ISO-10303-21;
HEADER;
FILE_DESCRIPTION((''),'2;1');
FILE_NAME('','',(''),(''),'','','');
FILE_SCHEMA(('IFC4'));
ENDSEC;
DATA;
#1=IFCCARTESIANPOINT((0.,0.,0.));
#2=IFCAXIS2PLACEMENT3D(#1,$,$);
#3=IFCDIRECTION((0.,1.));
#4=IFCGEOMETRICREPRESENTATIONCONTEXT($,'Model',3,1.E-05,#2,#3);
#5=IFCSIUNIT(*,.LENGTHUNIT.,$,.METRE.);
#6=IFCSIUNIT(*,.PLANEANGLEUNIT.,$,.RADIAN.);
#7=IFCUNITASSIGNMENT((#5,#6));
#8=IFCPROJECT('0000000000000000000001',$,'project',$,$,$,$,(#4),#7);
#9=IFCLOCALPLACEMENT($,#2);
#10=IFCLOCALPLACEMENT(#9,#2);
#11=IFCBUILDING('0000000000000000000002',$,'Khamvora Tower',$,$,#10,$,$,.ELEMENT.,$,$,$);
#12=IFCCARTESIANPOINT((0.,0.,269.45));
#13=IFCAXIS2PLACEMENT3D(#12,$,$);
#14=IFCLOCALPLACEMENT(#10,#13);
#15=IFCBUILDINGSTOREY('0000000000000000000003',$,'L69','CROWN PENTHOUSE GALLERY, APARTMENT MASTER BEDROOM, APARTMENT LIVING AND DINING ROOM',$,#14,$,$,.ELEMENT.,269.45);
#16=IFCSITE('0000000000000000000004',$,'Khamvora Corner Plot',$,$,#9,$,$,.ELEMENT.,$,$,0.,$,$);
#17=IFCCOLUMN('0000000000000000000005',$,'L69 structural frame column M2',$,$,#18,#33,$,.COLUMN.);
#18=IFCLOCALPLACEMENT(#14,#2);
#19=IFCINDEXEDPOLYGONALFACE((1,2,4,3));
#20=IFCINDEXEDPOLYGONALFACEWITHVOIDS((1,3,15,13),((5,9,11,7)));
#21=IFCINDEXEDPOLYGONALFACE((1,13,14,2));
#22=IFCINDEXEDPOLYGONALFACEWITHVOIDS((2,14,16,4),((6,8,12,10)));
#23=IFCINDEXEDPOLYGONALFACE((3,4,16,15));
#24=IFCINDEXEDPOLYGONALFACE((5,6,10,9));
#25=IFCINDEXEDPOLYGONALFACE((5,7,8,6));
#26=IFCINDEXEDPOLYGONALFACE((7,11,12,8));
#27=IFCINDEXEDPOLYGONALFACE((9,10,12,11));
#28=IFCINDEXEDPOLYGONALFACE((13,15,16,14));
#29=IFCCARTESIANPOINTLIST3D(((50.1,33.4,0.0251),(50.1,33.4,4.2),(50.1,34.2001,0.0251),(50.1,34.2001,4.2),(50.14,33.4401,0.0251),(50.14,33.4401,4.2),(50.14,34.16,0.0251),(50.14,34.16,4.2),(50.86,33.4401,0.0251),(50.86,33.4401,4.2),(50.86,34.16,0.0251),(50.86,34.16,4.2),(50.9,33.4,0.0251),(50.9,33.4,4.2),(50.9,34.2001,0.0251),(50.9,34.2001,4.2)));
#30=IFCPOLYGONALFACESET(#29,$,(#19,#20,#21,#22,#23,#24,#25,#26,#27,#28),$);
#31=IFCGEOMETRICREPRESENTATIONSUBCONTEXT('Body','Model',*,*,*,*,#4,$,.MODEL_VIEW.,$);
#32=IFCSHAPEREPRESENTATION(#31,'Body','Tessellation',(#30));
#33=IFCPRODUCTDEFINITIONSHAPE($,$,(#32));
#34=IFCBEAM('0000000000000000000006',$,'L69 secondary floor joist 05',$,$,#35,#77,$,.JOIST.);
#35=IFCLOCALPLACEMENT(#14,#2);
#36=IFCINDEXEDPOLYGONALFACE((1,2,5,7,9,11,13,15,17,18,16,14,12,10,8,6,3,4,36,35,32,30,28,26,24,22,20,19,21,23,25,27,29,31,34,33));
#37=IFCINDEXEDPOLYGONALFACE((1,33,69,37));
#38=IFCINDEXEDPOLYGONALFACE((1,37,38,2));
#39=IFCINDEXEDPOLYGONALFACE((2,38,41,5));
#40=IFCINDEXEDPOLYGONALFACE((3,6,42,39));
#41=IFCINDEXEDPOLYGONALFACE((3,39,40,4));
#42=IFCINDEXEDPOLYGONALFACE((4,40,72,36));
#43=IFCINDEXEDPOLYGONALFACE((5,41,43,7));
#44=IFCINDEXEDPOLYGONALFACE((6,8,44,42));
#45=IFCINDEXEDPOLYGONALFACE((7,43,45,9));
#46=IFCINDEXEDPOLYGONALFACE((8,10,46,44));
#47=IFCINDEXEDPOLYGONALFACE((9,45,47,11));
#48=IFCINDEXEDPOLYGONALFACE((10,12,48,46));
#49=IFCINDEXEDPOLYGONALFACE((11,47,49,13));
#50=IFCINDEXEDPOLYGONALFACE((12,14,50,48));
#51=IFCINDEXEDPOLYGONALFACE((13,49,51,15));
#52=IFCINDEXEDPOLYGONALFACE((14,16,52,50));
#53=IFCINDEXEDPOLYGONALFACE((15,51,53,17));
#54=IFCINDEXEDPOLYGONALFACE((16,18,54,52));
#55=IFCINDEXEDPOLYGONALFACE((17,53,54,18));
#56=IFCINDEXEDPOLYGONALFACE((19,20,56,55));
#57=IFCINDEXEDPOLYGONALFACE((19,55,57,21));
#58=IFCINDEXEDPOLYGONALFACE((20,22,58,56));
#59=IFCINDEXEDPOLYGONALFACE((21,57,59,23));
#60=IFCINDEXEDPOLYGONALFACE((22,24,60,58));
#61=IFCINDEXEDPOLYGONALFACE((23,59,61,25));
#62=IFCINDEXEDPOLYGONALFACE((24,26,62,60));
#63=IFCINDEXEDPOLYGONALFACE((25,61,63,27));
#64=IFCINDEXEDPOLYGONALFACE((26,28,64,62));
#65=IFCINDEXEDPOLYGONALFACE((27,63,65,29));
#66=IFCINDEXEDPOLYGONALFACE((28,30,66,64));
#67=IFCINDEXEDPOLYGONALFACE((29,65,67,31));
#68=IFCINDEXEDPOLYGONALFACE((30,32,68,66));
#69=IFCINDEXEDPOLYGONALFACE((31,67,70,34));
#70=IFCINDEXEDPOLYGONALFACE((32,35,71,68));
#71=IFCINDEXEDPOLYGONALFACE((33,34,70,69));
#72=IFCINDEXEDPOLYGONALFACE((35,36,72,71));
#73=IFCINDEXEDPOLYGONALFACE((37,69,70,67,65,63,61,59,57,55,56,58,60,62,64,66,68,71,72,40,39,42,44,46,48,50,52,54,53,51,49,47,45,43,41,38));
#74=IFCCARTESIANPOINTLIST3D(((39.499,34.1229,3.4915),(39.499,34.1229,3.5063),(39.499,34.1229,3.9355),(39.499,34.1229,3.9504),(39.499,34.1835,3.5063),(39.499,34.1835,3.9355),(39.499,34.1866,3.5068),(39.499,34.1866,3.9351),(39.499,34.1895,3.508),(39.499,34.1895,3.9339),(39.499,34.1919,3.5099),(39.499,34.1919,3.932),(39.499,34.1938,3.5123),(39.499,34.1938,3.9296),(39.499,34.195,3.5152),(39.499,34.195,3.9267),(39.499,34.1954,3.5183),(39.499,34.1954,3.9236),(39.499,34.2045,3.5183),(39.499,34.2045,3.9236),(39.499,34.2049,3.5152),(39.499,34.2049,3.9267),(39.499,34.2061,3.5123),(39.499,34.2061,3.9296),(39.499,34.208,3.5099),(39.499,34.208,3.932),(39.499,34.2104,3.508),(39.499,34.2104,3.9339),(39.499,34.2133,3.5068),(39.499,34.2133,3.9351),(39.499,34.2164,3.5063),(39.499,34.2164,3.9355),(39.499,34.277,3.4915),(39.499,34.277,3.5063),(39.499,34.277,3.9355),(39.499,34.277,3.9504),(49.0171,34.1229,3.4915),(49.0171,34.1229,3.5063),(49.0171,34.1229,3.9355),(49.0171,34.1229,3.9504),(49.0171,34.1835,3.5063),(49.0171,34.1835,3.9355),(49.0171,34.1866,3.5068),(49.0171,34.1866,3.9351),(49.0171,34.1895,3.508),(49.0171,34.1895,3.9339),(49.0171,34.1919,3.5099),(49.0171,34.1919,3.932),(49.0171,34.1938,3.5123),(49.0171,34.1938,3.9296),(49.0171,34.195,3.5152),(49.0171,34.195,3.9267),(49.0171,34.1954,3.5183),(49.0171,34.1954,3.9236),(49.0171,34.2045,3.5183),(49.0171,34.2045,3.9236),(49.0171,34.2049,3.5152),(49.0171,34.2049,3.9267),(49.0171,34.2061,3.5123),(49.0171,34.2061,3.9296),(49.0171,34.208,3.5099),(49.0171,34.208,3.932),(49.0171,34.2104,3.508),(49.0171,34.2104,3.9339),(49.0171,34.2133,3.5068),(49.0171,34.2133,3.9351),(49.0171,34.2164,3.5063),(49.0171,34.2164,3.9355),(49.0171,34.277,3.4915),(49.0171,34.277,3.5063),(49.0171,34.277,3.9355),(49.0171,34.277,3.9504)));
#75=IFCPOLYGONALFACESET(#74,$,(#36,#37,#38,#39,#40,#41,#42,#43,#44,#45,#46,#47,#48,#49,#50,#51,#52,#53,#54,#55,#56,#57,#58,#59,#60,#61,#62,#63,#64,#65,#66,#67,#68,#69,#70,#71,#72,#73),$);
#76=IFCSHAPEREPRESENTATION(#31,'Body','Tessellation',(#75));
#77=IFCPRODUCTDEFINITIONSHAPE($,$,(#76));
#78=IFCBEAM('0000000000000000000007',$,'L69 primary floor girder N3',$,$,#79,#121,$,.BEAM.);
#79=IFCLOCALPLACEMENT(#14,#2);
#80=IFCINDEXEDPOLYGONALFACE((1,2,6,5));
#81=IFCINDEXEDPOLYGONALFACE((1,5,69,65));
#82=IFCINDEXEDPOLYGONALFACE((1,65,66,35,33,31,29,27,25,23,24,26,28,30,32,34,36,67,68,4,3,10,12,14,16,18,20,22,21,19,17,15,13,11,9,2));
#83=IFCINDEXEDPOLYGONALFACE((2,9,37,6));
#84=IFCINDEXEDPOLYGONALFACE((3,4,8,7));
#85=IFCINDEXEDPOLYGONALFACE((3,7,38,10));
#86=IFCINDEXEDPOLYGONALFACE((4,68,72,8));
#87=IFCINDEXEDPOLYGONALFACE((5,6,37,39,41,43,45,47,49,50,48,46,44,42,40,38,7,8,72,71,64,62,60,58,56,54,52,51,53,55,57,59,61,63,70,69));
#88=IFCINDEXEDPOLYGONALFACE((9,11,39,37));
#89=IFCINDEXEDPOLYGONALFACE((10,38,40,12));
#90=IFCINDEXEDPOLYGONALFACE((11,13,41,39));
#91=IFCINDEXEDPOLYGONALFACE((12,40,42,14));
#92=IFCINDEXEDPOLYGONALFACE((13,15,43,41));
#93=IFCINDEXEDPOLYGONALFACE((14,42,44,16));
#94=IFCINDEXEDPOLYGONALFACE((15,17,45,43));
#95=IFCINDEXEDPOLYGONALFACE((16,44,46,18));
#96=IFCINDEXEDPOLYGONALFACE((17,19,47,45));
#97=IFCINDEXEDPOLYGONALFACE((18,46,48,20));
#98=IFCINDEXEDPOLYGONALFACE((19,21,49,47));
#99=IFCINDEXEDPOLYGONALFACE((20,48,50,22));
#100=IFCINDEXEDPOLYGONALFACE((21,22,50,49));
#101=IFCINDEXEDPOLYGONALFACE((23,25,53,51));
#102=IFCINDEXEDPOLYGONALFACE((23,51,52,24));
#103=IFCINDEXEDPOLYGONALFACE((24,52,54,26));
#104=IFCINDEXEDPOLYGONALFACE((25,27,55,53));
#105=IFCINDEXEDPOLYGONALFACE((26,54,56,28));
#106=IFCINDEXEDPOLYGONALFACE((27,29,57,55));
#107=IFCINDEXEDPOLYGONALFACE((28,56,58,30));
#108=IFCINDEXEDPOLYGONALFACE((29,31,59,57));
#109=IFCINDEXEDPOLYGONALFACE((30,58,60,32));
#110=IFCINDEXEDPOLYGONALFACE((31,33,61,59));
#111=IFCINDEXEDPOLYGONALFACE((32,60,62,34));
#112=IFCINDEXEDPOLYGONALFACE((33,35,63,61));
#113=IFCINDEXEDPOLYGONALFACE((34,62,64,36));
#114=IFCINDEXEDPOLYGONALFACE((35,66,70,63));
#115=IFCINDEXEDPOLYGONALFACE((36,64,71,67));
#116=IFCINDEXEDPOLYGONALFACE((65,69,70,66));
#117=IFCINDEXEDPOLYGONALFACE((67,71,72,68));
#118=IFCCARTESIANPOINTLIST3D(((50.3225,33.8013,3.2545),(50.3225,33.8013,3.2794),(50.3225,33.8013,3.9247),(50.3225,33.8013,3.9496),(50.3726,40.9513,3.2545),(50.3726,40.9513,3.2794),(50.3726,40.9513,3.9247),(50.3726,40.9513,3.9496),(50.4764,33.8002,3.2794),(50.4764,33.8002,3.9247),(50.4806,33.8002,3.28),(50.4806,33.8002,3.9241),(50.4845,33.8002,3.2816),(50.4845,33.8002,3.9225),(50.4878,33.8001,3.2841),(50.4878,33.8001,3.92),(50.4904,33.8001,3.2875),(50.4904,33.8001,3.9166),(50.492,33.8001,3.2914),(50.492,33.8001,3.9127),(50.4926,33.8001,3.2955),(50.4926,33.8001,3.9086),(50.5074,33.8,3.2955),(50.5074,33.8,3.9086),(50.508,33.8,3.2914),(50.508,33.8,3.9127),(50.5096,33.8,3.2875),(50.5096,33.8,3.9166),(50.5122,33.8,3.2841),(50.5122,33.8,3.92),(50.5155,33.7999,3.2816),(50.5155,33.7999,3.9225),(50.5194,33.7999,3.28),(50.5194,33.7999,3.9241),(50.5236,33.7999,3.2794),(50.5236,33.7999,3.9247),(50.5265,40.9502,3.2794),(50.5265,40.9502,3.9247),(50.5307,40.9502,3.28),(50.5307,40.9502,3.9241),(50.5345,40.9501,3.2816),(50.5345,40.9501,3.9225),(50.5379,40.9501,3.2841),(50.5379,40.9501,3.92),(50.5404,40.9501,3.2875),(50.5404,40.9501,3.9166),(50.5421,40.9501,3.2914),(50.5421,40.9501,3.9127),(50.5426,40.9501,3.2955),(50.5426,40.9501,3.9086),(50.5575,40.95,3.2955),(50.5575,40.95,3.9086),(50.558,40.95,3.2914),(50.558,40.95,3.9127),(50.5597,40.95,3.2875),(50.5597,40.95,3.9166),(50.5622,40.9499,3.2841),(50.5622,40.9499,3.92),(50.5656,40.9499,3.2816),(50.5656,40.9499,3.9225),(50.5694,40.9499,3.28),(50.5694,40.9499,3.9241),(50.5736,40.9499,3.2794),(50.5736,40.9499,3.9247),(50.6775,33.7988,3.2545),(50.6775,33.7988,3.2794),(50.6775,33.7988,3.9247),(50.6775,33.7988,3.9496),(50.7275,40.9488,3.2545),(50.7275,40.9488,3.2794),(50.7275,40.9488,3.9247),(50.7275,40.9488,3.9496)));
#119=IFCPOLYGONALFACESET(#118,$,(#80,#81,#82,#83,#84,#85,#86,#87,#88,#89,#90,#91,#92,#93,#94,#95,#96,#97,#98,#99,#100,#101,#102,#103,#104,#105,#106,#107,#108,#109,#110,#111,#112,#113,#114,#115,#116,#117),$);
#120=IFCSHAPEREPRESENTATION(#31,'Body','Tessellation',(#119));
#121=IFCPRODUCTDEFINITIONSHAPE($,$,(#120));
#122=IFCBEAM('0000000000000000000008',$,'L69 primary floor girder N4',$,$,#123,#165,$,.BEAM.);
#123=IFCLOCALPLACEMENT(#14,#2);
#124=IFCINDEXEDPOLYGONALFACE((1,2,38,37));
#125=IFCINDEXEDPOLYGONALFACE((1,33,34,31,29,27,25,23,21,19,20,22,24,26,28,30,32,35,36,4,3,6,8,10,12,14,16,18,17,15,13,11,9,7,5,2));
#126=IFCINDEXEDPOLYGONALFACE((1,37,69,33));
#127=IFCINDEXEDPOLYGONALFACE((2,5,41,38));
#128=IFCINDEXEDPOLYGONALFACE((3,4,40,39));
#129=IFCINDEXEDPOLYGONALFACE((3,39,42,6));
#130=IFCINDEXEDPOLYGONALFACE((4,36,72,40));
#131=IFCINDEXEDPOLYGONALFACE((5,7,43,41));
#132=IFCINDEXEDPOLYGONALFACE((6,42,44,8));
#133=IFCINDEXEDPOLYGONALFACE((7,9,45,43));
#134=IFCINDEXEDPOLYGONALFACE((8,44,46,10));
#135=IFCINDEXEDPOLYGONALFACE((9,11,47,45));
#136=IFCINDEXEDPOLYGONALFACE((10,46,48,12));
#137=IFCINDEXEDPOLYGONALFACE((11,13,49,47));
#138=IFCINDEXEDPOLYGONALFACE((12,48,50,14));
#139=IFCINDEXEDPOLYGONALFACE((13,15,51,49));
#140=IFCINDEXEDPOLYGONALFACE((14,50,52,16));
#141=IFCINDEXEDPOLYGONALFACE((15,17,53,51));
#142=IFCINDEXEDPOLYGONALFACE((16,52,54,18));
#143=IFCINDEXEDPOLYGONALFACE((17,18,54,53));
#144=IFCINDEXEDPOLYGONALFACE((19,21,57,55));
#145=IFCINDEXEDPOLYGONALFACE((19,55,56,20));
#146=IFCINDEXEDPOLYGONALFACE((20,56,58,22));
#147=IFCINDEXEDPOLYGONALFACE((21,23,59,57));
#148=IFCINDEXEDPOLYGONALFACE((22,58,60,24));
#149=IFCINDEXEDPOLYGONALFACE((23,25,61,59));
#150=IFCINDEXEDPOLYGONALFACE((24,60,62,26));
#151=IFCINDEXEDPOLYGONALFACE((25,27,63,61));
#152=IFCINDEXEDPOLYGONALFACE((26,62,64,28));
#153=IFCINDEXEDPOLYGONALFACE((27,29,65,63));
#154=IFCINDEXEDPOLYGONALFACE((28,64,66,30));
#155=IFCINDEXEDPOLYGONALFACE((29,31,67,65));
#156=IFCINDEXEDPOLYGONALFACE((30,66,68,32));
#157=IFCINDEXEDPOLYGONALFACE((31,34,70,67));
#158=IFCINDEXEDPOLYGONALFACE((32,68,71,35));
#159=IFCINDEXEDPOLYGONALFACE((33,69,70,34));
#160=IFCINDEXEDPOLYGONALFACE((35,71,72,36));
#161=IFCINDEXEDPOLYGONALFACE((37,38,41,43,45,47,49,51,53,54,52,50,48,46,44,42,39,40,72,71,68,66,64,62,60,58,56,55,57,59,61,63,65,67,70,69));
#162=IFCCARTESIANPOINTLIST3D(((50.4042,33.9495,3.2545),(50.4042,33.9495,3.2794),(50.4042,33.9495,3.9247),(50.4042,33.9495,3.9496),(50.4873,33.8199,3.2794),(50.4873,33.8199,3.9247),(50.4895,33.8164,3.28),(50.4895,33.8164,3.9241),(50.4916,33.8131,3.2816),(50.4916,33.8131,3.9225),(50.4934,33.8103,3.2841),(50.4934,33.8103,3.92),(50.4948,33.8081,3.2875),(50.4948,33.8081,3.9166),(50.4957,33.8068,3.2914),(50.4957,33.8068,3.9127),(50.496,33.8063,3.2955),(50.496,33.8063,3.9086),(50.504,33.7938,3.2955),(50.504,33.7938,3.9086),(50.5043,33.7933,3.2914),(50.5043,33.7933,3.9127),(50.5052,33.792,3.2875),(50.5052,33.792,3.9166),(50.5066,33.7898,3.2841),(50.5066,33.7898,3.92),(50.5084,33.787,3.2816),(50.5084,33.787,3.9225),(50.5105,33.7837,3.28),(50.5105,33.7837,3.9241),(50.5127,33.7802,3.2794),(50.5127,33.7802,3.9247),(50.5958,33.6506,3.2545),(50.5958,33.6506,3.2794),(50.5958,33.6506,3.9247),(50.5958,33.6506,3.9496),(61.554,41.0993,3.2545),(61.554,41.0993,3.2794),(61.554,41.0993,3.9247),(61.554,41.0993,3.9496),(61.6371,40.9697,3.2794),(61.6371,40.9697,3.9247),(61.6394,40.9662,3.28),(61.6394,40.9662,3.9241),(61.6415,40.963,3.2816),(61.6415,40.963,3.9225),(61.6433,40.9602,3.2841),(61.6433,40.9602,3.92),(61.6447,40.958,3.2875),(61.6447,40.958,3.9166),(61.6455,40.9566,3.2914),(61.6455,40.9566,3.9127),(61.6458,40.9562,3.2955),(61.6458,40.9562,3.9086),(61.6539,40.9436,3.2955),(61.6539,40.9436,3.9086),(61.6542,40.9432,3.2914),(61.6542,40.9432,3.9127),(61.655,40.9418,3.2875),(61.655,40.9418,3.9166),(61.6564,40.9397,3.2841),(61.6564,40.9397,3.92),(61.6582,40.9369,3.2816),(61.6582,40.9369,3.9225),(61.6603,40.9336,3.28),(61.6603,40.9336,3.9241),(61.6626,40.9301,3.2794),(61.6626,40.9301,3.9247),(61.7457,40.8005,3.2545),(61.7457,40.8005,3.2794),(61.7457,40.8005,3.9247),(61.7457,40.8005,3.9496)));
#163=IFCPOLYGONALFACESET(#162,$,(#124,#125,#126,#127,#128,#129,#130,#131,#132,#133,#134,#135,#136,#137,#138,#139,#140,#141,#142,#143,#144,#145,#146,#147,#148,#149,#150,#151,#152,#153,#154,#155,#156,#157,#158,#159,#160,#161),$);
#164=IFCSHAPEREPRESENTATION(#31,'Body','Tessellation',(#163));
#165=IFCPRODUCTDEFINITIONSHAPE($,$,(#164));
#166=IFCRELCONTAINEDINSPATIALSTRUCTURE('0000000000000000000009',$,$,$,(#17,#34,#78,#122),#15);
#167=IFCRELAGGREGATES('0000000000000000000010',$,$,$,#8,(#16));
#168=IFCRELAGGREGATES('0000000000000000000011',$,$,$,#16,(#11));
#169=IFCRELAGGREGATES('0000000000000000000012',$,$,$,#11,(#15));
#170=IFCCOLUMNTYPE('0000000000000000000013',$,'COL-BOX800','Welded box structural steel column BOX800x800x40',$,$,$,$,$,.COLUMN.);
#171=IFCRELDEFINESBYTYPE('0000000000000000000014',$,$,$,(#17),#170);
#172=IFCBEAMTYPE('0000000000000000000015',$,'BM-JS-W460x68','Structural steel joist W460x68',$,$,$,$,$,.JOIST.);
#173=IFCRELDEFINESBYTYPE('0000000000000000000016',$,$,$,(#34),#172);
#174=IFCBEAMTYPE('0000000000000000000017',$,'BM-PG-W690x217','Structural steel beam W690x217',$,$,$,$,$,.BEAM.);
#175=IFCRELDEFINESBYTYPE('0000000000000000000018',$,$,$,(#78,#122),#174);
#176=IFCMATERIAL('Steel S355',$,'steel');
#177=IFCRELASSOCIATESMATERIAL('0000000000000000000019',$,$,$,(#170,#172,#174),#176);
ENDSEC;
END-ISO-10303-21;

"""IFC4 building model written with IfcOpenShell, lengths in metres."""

from ifc_helpers import new_model, si_unit, direction, frame, origin, origin_2d, place, context, subcontext, project, spatial, hollow_rectangle, i_section, extrude, material, material_profile, profile_set, type_object, element, save


model = new_model("IFC4")

# Units and contexts
model_context = context("Model", 3, precision=1e-05, world=origin(), true_north=direction((0.0, 1.0)))
body_context = subcontext(model_context, "Body", "Model", "MODEL_VIEW")
ifc_project = project(units=[si_unit("LENGTHUNIT", "METRE"), si_unit("PLANEANGLEUNIT", "RADIAN")], contexts=[model_context])

# Site, building, storey
site_placement = place(None, origin())
site = spatial("IfcSite", under=ifc_project, at=site_placement, Name="Khamvora Corner Plot", CompositionType="ELEMENT", RefElevation=0.0)
building_placement = place(site_placement, origin())
building = spatial("IfcBuilding", under=site, at=building_placement, Name="Khamvora Tower", CompositionType="ELEMENT")
storey_placement = place(building_placement, frame((0.0, 0.0, 269.45)))
storey = spatial("IfcBuildingStorey", under=building, at=storey_placement, Name="L69", Description="CROWN PENTHOUSE GALLERY, APARTMENT MASTER BEDROOM, APARTMENT LIVING AND DINING ROOM", CompositionType="ELEMENT", Elevation=269.45)

# Column
ifc_material_1 = material(Name="Steel S355", Category="steel")
ifc_material_profile_1 = material_profile(ifc_material_1, hollow_rectangle(XDim=0.8, YDim=0.8, WallThickness=0.04, at=origin_2d()), Name="BOX800x800x40")
ifc_profile_set_1 = profile_set([ifc_material_profile_1], Name="Steel S355")
column_type = type_object("IfcColumnType", Name="COL-BOX800", Description="Welded box structural steel column BOX800x800x40", PredefinedType="COLUMN", material=ifc_profile_set_1)
column_placement = place(storey_placement, frame((50.5, 33.8, 0.0251), z_axis=(0.0, 0.0, 1.0), x_axis=(1.0, 0.0, 0.0)))
element("IfcColumn", 1, at=column_placement, inside=storey, type_object=column_type, Name="L69 structural frame column M2", PredefinedType="COLUMN", context=body_context, shape_type="SweptSolid", body=[
    extrude(hollow_rectangle(XDim=0.8, YDim=0.8, WallThickness=0.04, at=origin_2d()), origin(), (0.0, 0.0, 1.0), 4.1748),
])

# Beams
ifc_material_profile_2 = material_profile(ifc_material_1, i_section(OverallWidth=0.1541, OverallDepth=0.459, WebThickness=0.009, FlangeThickness=0.0149, FilletRadius=0.012, at=origin_2d()), Name="W460x68")
ifc_profile_set_2 = profile_set([ifc_material_profile_2], Name="Steel S355")
beam_type_1 = type_object("IfcBeamType", Name="BM-JS-W460x68", Description="Structural steel joist W460x68", PredefinedType="JOIST", material=ifc_profile_set_2)
beam_1_placement = place(storey_placement, frame((39.499, 34.2, 3.7209), z_axis=(1.0, 0.0, 0.0), x_axis=(0.0, 1.0, 0.0)))
element("IfcBeam", 2, at=beam_1_placement, inside=storey, type_object=beam_type_1, Name="L69 secondary floor joist 05", PredefinedType="JOIST", context=body_context, shape_type="SweptSolid", body=[
    extrude(i_section(OverallWidth=0.1541, OverallDepth=0.459, WebThickness=0.009, FlangeThickness=0.0149, FilletRadius=0.012, at=origin_2d()), origin(), (0.0, 0.0, 1.0), 9.5181),
])
ifc_material_profile_3 = material_profile(ifc_material_1, i_section(OverallWidth=0.355, OverallDepth=0.6951, WebThickness=0.0149, FlangeThickness=0.0249, FilletRadius=0.0161, at=origin_2d()), Name="W690x217")
ifc_profile_set_3 = profile_set([ifc_material_profile_3], Name="Steel S355")
beam_type_2 = type_object("IfcBeamType", Name="BM-PG-W690x217", Description="Structural steel beam W690x217", PredefinedType="BEAM", material=ifc_profile_set_3)
beam_2_placement = place(storey_placement, frame((50.5, 33.8, 3.6021), z_axis=(0.007, 0.999976, 0.0), x_axis=(-0.999976, 0.007, 0.0)))
element("IfcBeam", 3, at=beam_2_placement, inside=storey, type_object=beam_type_2, Name="L69 primary floor girder N3", PredefinedType="BEAM", context=body_context, shape_type="SweptSolid", body=[
    extrude(i_section(OverallWidth=0.355, OverallDepth=0.6951, WebThickness=0.0149, FlangeThickness=0.0249, FilletRadius=0.0161, at=origin_2d()), origin(), (0.0, 0.0, 1.0), 7.1501),
])
beam_3_placement = place(storey_placement, frame((50.5, 33.8, 3.6021), z_axis=(0.841792, 0.539801, 0.0), x_axis=(-0.539801, 0.841792, 0.0)))
element("IfcBeam", 4, at=beam_3_placement, inside=storey, type_object=beam_type_2, Name="L69 primary floor girder N4", PredefinedType="BEAM", context=body_context, shape_type="SweptSolid", body=[
    extrude(i_section(OverallWidth=0.355, OverallDepth=0.6951, WebThickness=0.0149, FlangeThickness=0.0249, FilletRadius=0.0161, at=origin_2d()), origin(), (0.0, 0.0, 1.0), 13.2454),
])

save(model, "model.ifc")
